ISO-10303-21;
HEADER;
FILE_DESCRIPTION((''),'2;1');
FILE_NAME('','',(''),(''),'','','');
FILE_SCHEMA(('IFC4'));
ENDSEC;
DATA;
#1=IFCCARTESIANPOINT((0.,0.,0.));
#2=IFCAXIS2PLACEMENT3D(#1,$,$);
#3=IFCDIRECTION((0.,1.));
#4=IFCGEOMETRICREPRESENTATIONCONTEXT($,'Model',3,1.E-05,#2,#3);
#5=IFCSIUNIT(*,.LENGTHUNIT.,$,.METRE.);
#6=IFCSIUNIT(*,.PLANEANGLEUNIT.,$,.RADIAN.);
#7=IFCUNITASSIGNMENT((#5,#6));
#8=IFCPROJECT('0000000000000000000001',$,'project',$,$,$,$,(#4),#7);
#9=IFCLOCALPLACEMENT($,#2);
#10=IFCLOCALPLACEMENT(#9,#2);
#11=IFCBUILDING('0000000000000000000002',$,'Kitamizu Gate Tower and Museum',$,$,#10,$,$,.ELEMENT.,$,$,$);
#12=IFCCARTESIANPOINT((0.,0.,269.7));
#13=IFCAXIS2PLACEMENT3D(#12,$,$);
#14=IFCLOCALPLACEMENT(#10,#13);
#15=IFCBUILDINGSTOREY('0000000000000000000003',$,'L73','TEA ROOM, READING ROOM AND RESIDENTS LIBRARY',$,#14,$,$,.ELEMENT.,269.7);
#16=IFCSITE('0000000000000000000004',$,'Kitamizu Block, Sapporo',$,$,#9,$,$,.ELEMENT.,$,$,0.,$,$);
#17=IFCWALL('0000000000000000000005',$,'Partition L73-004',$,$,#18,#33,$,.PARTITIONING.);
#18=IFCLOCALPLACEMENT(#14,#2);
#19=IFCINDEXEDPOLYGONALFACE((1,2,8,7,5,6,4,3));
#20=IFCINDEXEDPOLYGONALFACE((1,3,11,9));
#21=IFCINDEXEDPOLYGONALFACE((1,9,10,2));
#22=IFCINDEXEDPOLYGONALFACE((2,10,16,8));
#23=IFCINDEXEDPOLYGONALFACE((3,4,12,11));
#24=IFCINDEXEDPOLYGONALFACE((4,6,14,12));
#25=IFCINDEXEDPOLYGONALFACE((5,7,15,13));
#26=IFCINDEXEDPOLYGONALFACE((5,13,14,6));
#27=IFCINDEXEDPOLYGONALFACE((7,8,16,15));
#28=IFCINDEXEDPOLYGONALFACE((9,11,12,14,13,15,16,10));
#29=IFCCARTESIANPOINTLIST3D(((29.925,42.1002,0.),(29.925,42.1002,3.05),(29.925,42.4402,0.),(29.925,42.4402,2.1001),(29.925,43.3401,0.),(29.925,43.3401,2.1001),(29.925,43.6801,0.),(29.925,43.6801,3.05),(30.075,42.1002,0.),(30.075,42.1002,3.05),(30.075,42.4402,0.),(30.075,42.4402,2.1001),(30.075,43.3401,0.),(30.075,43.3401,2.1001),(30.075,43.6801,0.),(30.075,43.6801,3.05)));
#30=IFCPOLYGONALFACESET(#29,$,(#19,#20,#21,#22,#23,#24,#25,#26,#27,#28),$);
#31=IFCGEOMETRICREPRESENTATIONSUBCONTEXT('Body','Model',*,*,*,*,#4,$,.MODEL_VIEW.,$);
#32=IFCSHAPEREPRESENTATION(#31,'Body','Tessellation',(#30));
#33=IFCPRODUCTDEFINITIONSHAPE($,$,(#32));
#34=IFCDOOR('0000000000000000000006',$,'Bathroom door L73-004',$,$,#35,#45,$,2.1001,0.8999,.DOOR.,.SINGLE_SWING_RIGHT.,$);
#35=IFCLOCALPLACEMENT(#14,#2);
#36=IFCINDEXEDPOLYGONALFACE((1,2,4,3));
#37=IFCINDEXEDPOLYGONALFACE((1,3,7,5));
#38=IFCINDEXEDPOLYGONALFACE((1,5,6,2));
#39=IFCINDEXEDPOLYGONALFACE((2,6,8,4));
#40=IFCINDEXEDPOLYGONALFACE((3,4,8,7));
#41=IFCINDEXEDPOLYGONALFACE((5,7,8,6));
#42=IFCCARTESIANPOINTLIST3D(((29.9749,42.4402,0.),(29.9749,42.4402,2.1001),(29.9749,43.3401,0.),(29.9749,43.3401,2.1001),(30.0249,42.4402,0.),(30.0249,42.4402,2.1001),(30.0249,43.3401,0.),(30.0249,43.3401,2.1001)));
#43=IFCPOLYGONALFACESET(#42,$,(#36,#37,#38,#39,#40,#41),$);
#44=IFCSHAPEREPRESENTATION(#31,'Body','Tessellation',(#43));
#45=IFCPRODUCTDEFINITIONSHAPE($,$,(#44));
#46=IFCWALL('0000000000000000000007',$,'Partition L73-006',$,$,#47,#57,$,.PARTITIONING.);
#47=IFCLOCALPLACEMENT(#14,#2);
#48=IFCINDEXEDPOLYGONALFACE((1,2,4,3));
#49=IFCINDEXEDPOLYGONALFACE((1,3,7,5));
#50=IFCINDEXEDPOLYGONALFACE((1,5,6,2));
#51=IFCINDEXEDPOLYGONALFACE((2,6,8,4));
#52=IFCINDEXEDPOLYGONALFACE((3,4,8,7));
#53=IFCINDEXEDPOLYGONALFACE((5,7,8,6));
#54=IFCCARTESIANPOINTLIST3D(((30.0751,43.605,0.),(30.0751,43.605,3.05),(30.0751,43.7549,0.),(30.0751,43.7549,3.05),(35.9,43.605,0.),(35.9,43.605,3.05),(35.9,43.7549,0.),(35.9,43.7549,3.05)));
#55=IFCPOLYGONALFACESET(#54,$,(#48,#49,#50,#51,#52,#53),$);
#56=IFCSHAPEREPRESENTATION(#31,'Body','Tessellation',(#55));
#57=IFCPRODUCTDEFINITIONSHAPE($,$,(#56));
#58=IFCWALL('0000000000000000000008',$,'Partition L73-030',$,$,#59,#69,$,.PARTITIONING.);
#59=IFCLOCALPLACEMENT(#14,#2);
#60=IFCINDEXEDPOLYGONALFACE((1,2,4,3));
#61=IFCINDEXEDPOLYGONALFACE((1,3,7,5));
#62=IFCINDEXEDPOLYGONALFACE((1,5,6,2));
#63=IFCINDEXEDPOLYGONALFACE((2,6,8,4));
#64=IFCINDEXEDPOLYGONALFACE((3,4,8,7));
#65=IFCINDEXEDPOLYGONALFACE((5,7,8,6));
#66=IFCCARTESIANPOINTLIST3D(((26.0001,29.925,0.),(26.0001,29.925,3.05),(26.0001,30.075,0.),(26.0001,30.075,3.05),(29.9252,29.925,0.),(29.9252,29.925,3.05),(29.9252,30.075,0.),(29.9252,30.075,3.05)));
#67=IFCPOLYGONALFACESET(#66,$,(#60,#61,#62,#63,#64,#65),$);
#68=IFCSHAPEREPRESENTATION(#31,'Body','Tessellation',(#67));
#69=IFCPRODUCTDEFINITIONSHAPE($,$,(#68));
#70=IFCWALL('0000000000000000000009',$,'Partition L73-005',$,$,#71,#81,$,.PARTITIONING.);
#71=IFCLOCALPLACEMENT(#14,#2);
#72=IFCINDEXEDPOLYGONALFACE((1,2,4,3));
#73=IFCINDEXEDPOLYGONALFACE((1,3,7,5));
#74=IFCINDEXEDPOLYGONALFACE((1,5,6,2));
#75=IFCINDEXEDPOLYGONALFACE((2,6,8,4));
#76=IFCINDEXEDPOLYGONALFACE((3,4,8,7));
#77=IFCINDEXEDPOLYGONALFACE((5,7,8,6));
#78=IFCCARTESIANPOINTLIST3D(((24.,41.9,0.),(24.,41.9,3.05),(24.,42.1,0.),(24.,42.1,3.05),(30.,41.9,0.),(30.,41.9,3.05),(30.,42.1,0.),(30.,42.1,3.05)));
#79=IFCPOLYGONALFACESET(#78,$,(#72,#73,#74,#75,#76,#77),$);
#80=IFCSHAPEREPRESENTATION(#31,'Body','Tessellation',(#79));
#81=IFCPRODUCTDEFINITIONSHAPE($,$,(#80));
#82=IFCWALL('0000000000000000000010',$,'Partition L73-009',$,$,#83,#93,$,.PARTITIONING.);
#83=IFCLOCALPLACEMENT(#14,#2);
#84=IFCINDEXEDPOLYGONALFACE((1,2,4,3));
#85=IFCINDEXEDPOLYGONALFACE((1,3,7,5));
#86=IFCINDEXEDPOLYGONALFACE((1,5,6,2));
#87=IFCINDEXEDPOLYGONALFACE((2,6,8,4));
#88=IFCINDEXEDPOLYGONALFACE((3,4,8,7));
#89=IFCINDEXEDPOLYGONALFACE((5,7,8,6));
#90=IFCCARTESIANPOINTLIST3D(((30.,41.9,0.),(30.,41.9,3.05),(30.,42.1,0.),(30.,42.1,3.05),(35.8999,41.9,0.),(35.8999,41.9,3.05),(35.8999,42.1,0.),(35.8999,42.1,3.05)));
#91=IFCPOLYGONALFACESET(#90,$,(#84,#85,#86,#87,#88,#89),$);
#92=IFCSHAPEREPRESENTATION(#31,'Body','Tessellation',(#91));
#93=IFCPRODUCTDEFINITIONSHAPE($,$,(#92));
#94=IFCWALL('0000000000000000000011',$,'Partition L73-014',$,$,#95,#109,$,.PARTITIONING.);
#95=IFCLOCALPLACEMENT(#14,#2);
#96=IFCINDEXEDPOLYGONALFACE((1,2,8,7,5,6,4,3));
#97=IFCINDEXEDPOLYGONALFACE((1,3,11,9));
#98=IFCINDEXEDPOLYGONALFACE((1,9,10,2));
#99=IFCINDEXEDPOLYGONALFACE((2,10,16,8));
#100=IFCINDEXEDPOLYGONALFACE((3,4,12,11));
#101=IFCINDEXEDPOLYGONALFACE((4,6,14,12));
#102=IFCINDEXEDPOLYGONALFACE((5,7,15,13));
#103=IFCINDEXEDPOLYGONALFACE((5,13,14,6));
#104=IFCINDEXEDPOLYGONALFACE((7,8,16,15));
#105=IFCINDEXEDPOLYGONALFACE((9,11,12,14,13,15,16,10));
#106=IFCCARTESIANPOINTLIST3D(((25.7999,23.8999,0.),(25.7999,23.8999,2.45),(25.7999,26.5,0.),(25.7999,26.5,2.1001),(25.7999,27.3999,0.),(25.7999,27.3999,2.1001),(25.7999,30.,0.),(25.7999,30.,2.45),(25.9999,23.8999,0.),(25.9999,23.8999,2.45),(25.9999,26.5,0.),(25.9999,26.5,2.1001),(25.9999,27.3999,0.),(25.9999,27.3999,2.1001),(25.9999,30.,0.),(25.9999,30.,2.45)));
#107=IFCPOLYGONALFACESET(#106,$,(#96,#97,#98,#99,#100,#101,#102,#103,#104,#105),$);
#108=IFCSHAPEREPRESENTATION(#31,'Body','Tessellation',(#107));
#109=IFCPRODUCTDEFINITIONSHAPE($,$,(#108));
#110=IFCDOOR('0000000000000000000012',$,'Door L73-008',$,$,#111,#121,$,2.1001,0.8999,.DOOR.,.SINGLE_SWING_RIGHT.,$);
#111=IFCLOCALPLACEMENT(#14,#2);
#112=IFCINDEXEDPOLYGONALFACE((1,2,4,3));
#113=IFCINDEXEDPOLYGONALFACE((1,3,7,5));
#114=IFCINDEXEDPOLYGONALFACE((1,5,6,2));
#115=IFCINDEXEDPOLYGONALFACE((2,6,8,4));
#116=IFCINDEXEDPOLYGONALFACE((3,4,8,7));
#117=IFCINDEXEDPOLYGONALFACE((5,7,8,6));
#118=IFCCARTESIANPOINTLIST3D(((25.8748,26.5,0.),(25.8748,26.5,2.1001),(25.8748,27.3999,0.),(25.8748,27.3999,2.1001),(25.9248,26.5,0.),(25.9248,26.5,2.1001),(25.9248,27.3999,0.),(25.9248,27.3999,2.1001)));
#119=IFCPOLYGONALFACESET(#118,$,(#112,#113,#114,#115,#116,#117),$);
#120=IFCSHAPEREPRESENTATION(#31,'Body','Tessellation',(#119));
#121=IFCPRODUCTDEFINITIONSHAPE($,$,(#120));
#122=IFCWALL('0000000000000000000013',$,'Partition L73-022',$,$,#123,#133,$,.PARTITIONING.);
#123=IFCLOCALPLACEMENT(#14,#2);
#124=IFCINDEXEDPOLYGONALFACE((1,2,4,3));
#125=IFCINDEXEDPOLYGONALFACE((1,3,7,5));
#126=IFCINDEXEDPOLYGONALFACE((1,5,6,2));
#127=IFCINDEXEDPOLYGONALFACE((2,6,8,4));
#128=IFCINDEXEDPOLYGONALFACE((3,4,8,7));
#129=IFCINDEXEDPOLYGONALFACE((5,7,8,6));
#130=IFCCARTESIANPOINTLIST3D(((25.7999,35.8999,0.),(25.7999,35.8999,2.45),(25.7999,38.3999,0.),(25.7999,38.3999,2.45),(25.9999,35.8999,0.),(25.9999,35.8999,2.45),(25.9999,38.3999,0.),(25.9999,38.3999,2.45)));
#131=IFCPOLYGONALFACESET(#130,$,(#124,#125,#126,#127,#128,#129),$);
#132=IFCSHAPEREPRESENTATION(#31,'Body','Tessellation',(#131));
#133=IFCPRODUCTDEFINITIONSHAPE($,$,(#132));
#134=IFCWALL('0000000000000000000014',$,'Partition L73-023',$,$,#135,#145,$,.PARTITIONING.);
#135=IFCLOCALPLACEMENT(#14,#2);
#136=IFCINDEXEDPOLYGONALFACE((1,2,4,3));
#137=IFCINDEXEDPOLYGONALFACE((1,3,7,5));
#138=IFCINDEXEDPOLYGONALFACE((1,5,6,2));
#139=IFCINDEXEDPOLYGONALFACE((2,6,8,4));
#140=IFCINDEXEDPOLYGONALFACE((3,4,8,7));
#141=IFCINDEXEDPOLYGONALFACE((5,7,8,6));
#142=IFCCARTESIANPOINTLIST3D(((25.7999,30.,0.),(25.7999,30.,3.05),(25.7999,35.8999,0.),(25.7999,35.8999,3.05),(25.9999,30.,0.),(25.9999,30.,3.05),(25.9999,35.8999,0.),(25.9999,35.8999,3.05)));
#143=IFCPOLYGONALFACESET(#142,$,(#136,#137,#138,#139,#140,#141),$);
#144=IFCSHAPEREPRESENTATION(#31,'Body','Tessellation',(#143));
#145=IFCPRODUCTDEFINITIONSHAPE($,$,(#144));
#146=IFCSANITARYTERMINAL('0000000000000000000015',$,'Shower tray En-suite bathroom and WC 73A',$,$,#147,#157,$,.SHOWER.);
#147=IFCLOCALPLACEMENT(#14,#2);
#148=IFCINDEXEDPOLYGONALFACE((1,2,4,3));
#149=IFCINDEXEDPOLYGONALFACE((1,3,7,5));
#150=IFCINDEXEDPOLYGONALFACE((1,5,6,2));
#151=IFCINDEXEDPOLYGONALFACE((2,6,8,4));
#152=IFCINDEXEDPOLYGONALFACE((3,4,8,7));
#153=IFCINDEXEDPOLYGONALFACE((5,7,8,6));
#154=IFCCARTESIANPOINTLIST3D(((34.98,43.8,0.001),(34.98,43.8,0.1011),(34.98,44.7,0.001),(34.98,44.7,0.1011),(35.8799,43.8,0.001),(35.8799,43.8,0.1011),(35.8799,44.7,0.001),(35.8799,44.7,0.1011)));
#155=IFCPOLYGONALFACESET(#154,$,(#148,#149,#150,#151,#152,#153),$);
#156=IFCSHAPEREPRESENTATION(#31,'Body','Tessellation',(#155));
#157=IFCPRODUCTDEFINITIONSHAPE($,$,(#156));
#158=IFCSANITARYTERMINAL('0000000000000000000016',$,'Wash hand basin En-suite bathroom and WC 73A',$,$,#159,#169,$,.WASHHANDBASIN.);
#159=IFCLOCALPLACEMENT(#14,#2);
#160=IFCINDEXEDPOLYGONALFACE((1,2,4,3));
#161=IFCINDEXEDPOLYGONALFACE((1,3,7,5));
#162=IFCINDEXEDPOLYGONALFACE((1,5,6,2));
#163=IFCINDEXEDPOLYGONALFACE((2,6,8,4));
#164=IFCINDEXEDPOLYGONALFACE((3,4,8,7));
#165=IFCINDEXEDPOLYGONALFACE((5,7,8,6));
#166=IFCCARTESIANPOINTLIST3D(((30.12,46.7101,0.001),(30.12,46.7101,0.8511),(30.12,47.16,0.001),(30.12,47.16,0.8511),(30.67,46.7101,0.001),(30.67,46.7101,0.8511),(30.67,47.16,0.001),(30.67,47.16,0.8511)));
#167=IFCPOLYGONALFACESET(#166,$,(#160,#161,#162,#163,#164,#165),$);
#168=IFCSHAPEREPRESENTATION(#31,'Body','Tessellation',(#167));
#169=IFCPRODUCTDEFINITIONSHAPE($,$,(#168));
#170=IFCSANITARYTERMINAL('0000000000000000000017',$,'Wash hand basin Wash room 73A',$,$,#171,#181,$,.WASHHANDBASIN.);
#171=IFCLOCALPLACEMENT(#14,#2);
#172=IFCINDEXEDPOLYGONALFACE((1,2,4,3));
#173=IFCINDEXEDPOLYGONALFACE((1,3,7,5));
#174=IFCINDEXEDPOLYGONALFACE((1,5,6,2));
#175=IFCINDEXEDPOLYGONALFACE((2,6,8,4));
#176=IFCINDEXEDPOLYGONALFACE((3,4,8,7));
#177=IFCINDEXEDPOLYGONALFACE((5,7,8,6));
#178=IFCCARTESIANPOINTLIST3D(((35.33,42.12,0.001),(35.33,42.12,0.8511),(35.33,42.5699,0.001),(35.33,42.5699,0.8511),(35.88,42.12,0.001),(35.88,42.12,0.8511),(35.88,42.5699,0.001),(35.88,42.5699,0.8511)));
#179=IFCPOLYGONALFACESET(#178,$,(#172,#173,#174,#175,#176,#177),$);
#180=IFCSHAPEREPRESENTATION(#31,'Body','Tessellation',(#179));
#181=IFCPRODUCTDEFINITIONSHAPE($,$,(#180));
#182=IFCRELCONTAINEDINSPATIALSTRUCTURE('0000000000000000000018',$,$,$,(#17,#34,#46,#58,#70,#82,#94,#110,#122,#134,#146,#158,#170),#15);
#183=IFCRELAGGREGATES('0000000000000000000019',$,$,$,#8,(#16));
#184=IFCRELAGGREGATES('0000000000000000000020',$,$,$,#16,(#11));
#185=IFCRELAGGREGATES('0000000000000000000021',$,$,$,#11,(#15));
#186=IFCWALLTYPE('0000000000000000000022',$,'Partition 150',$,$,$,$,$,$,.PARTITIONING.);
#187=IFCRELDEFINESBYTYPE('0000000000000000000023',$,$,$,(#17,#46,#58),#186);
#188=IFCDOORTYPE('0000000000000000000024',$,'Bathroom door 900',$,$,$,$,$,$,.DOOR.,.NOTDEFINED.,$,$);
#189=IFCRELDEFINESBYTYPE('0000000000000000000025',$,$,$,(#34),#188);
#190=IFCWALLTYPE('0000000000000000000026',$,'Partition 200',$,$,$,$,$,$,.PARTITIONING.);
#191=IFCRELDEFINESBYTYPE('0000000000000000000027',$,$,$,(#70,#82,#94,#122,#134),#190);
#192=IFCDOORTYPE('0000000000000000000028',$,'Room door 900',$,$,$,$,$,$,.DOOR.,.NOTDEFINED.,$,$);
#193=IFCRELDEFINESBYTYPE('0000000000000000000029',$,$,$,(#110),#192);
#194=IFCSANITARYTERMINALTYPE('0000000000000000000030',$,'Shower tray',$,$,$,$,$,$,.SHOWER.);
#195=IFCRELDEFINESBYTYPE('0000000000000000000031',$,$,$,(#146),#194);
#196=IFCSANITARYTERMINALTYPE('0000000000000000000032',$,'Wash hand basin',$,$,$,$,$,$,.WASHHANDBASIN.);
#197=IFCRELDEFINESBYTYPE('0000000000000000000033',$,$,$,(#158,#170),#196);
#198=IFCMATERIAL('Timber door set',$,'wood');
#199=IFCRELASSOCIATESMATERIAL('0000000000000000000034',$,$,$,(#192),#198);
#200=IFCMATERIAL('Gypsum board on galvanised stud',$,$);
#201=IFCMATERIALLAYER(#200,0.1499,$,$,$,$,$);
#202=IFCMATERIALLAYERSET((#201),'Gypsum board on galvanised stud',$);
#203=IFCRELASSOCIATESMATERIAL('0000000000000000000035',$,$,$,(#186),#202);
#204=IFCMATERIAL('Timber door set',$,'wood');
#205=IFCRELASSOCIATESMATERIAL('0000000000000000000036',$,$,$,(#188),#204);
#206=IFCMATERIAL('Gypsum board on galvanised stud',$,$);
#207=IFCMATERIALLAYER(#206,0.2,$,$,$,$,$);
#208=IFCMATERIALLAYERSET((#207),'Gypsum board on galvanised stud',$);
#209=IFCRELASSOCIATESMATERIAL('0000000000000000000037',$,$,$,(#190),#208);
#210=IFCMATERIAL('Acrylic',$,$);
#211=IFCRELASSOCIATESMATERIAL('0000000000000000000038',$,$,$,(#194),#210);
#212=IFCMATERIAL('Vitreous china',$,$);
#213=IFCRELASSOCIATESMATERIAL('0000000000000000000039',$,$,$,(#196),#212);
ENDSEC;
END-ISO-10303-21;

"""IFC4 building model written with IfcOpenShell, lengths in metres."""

from ifc_helpers import new_model, si_unit, direction, frame, frame_2d, origin, origin_2d, place, context, subcontext, project, spatial, rectangle, extrude, material, layer, layer_set, type_object, element, fill, save


model = new_model("IFC4")

# Units and contexts
model_context = context("Model", 3, precision=1e-05, world=origin(), true_north=direction((0.0, 1.0)))
body_context = subcontext(model_context, "Body", "Model", "MODEL_VIEW")
ifc_project = project(units=[si_unit("LENGTHUNIT", "METRE"), si_unit("PLANEANGLEUNIT", "RADIAN")], contexts=[model_context])

# Site, building, storey
site_placement = place(None, origin())
site = spatial("IfcSite", under=ifc_project, at=site_placement, Name="Kitamizu Block, Sapporo", CompositionType="ELEMENT", RefElevation=0.0)
building_placement = place(site_placement, origin())
building = spatial("IfcBuilding", under=site, at=building_placement, Name="Kitamizu Gate Tower and Museum", CompositionType="ELEMENT")
storey_placement = place(building_placement, frame((0.0, 0.0, 269.7)))
storey = spatial("IfcBuildingStorey", under=building, at=storey_placement, Name="L73", Description="TEA ROOM, READING ROOM AND RESIDENTS LIBRARY", CompositionType="ELEMENT", Elevation=269.7)

# Wall, opening, door
ifc_material_1 = material(Name="Timber door set", Category="wood")
door_type_1 = type_object("IfcDoorType", Name="Room door 900", OperationType="NOTDEFINED", PredefinedType="DOOR", material=ifc_material_1)
ifc_material_2 = material(Name="Gypsum board on galvanised stud")
ifc_layer_1 = layer(ifc_material_2, 0.1499)
ifc_layer_set_1 = layer_set([ifc_layer_1], Name="Gypsum board on galvanised stud")
wall_type_1 = type_object("IfcWallType", Name="Partition 150", PredefinedType="PARTITIONING", material=ifc_layer_set_1)
ifc_material_3 = material(Name="Timber door set", Category="wood")
door_type_2 = type_object("IfcDoorType", Name="Bathroom door 900", OperationType="NOTDEFINED", PredefinedType="DOOR", material=ifc_material_3)
wall_1_placement = place(storey_placement, frame((30.0, 42.1001, 0.0), z_axis=(0.0, 0.0, 1.0), x_axis=(0.0, 1.0, 0.0)))
wall_1 = element("IfcWall", 1, at=wall_1_placement, inside=storey, type_object=wall_type_1, Name="Partition L73-004", PredefinedType="PARTITIONING", context=body_context, shape_type="SweptSolid", body=[
    extrude(rectangle(XDim=1.5798, YDim=0.1499, at=frame_2d((0.79, 0.0))), origin(), (0.0, 0.0, 1.0), 3.05),
])
opening_1_placement = place(wall_1_placement, frame((0.3401, 0.0, 0.0)))
opening_1 = element("IfcOpeningElement", 2, at=opening_1_placement, cuts=wall_1, PredefinedType="OPENING", context=body_context, shape_type="SweptSolid", body=[
    extrude(rectangle(XDim=0.8999, YDim=2.1001, at=frame_2d((0.45, 1.05))), frame((0.0, 0.085, 0.0), z_axis=(0.0, -1.0, 0.0), x_axis=(1.0, 0.0, 0.0)), (0.0, 0.0, 1.0), 0.1699),
])
door_1_placement = place(opening_1_placement, frame((0.8999, 0.0, 0.0), x_axis=(-1.0, 0.0, 0.0)))
door_1 = element("IfcDoor", 3, at=door_1_placement, inside=storey, type_object=door_type_2, Name="Bathroom door L73-004", OperationType="SINGLE_SWING_RIGHT", OverallHeight=2.1001, OverallWidth=0.8999, PredefinedType="DOOR", context=body_context, shape_type="SweptSolid", body=[
    extrude(rectangle(XDim=0.8999, YDim=2.1001, at=frame_2d((0.45, 1.05))), frame((0.0, 0.0249, 0.0), z_axis=(0.0, -1.0, 0.0), x_axis=(1.0, 0.0, 0.0)), (0.0, 0.0, 1.0), 0.05),
])
fill(opening_1, door_1)

# Walls
wall_2_placement = place(storey_placement, frame((30.075, 43.6799, 0.0), z_axis=(0.0, 0.0, 1.0), x_axis=(1.0, 0.0, 0.0)))
element("IfcWall", 4, at=wall_2_placement, inside=storey, type_object=wall_type_1, Name="Partition L73-006", PredefinedType="PARTITIONING", context=body_context, shape_type="SweptSolid", body=[
    extrude(rectangle(XDim=5.825, YDim=0.1499, at=frame_2d((2.9126, 0.0))), origin(), (0.0, 0.0, 1.0), 3.05),
])
wall_3_placement = place(storey_placement, frame((29.925, 30.0, 0.0), z_axis=(0.0, 0.0, 1.0), x_axis=(-1.0, 0.0, 0.0)))
element("IfcWall", 5, at=wall_3_placement, inside=storey, type_object=wall_type_1, Name="Partition L73-030", PredefinedType="PARTITIONING", context=body_context, shape_type="SweptSolid", body=[
    extrude(rectangle(XDim=3.925, YDim=0.1499, at=frame_2d((1.9624, 0.0))), origin(), (0.0, 0.0, 1.0), 3.05),
])
ifc_material_4 = material(Name="Gypsum board on galvanised stud")
ifc_layer_2 = layer(ifc_material_4, 0.2)
ifc_layer_set_2 = layer_set([ifc_layer_2], Name="Gypsum board on galvanised stud")
wall_type_2 = type_object("IfcWallType", Name="Partition 200", PredefinedType="PARTITIONING", material=ifc_layer_set_2)
wall_4_placement = place(storey_placement, frame((24.0, 42.0, 0.0), z_axis=(0.0, 0.0, 1.0), x_axis=(1.0, 0.0, 0.0)))
element("IfcWall", 6, at=wall_4_placement, inside=storey, type_object=wall_type_2, Name="Partition L73-005", PredefinedType="PARTITIONING", context=body_context, shape_type="SweptSolid", body=[
    extrude(rectangle(XDim=6.0, YDim=0.2, at=frame_2d((3.0, 0.0))), origin(), (0.0, 0.0, 1.0), 3.05),
])
wall_5_placement = place(storey_placement, frame((30.0, 42.0, 0.0), z_axis=(0.0, 0.0, 1.0), x_axis=(1.0, 0.0, 0.0)))
element("IfcWall", 7, at=wall_5_placement, inside=storey, type_object=wall_type_2, Name="Partition L73-009", PredefinedType="PARTITIONING", context=body_context, shape_type="SweptSolid", body=[
    extrude(rectangle(XDim=5.8999, YDim=0.2, at=frame_2d((2.95, 0.0))), origin(), (0.0, 0.0, 1.0), 3.05),
])

# Wall, opening, door
wall_6_placement = place(storey_placement, frame((25.8999, 30.0, 0.0), z_axis=(0.0, 0.0, 1.0), x_axis=(0.0, -1.0, 0.0)))
wall_6 = element("IfcWall", 8, at=wall_6_placement, inside=storey, type_object=wall_type_2, Name="Partition L73-014", PredefinedType="PARTITIONING", context=body_context, shape_type="SweptSolid", body=[
    extrude(rectangle(XDim=6.1001, YDim=0.2, at=frame_2d((3.05, 0.0))), origin(), (0.0, 0.0, 1.0), 2.45),
])
opening_2_placement = place(wall_6_placement, frame((2.6001, 0.0, 0.0)))
opening_2 = element("IfcOpeningElement", 9, at=opening_2_placement, cuts=wall_6, PredefinedType="OPENING", context=body_context, shape_type="SweptSolid", body=[
    extrude(rectangle(XDim=0.8999, YDim=2.1001, at=frame_2d((0.45, 1.05))), frame((0.0, 0.1099, 0.0), z_axis=(0.0, -1.0, 0.0), x_axis=(1.0, 0.0, 0.0)), (0.0, 0.0, 1.0), 0.22),
])
door_2_placement = place(opening_2_placement, origin())
door_2 = element("IfcDoor", 10, at=door_2_placement, inside=storey, type_object=door_type_1, Name="Door L73-008", OperationType="SINGLE_SWING_RIGHT", OverallHeight=2.1001, OverallWidth=0.8999, PredefinedType="DOOR", context=body_context, shape_type="SweptSolid", body=[
    extrude(rectangle(XDim=0.8999, YDim=2.1001, at=frame_2d((0.45, 1.05))), frame((0.0, 0.0249, 0.0), z_axis=(0.0, -1.0, 0.0), x_axis=(1.0, 0.0, 0.0)), (0.0, 0.0, 1.0), 0.05),
])
fill(opening_2, door_2)

# Walls
wall_7_placement = place(storey_placement, frame((25.8999, 38.3999, 0.0), z_axis=(0.0, 0.0, 1.0), x_axis=(0.0, -1.0, 0.0)))
element("IfcWall", 11, at=wall_7_placement, inside=storey, type_object=wall_type_2, Name="Partition L73-022", PredefinedType="PARTITIONING", context=body_context, shape_type="SweptSolid", body=[
    extrude(rectangle(XDim=2.5, YDim=0.2, at=frame_2d((1.25, 0.0))), origin(), (0.0, 0.0, 1.0), 2.45),
])
wall_8_placement = place(storey_placement, frame((25.8999, 35.8999, 0.0), z_axis=(0.0, 0.0, 1.0), x_axis=(0.0, -1.0, 0.0)))
element("IfcWall", 12, at=wall_8_placement, inside=storey, type_object=wall_type_2, Name="Partition L73-023", PredefinedType="PARTITIONING", context=body_context, shape_type="SweptSolid", body=[
    extrude(rectangle(XDim=5.8999, YDim=0.2, at=frame_2d((2.95, 0.0))), origin(), (0.0, 0.0, 1.0), 3.05),
])

# Sanitary terminals
ifc_material_5 = material(Name="Acrylic")
sanitary_terminal_type_1 = type_object("IfcSanitaryTerminalType", Name="Shower tray", PredefinedType="SHOWER", material=ifc_material_5)
sanitary_terminal_1_placement = place(storey_placement, frame((35.4299, 44.25, 0.001), z_axis=(0.0, 0.0, 1.0), x_axis=(1.0, 0.0, 0.0)))
element("IfcSanitaryTerminal", 13, at=sanitary_terminal_1_placement, inside=storey, type_object=sanitary_terminal_type_1, Name="Shower tray En-suite bathroom and WC 73A", PredefinedType="SHOWER", context=body_context, shape_type="SweptSolid", body=[
    extrude(rectangle(XDim=0.8999, YDim=0.8999, at=origin_2d()), origin(), (0.0, 0.0, 1.0), 0.1001),
])
ifc_material_6 = material(Name="Vitreous china")
sanitary_terminal_type_2 = type_object("IfcSanitaryTerminalType", Name="Wash hand basin", PredefinedType="WASHHANDBASIN", material=ifc_material_6)
for number, where, z_axis, x_axis, name in (
    (14, (30.395, 46.9351, 0.001), (0.0, 0.0, 1.0), (1.0, 0.0, 0.0), "Wash hand basin En-suite bathroom and WC 73A"),
    (15, (35.605, 42.345, 0.001), (0.0, 0.0, 1.0), (1.0, 0.0, 0.0), "Wash hand basin Wash room 73A"),
):
    element("IfcSanitaryTerminal", number, at=place(storey_placement, frame(where, z_axis=z_axis, x_axis=x_axis)), inside=storey, type_object=sanitary_terminal_type_2, Name=name, PredefinedType="WASHHANDBASIN", context=body_context, shape_type="SweptSolid", body=[
        extrude(rectangle(XDim=0.55, YDim=0.45, at=origin_2d()), origin(), (0.0, 0.0, 1.0), 0.8501),
    ])

save(model, "model.ifc")
